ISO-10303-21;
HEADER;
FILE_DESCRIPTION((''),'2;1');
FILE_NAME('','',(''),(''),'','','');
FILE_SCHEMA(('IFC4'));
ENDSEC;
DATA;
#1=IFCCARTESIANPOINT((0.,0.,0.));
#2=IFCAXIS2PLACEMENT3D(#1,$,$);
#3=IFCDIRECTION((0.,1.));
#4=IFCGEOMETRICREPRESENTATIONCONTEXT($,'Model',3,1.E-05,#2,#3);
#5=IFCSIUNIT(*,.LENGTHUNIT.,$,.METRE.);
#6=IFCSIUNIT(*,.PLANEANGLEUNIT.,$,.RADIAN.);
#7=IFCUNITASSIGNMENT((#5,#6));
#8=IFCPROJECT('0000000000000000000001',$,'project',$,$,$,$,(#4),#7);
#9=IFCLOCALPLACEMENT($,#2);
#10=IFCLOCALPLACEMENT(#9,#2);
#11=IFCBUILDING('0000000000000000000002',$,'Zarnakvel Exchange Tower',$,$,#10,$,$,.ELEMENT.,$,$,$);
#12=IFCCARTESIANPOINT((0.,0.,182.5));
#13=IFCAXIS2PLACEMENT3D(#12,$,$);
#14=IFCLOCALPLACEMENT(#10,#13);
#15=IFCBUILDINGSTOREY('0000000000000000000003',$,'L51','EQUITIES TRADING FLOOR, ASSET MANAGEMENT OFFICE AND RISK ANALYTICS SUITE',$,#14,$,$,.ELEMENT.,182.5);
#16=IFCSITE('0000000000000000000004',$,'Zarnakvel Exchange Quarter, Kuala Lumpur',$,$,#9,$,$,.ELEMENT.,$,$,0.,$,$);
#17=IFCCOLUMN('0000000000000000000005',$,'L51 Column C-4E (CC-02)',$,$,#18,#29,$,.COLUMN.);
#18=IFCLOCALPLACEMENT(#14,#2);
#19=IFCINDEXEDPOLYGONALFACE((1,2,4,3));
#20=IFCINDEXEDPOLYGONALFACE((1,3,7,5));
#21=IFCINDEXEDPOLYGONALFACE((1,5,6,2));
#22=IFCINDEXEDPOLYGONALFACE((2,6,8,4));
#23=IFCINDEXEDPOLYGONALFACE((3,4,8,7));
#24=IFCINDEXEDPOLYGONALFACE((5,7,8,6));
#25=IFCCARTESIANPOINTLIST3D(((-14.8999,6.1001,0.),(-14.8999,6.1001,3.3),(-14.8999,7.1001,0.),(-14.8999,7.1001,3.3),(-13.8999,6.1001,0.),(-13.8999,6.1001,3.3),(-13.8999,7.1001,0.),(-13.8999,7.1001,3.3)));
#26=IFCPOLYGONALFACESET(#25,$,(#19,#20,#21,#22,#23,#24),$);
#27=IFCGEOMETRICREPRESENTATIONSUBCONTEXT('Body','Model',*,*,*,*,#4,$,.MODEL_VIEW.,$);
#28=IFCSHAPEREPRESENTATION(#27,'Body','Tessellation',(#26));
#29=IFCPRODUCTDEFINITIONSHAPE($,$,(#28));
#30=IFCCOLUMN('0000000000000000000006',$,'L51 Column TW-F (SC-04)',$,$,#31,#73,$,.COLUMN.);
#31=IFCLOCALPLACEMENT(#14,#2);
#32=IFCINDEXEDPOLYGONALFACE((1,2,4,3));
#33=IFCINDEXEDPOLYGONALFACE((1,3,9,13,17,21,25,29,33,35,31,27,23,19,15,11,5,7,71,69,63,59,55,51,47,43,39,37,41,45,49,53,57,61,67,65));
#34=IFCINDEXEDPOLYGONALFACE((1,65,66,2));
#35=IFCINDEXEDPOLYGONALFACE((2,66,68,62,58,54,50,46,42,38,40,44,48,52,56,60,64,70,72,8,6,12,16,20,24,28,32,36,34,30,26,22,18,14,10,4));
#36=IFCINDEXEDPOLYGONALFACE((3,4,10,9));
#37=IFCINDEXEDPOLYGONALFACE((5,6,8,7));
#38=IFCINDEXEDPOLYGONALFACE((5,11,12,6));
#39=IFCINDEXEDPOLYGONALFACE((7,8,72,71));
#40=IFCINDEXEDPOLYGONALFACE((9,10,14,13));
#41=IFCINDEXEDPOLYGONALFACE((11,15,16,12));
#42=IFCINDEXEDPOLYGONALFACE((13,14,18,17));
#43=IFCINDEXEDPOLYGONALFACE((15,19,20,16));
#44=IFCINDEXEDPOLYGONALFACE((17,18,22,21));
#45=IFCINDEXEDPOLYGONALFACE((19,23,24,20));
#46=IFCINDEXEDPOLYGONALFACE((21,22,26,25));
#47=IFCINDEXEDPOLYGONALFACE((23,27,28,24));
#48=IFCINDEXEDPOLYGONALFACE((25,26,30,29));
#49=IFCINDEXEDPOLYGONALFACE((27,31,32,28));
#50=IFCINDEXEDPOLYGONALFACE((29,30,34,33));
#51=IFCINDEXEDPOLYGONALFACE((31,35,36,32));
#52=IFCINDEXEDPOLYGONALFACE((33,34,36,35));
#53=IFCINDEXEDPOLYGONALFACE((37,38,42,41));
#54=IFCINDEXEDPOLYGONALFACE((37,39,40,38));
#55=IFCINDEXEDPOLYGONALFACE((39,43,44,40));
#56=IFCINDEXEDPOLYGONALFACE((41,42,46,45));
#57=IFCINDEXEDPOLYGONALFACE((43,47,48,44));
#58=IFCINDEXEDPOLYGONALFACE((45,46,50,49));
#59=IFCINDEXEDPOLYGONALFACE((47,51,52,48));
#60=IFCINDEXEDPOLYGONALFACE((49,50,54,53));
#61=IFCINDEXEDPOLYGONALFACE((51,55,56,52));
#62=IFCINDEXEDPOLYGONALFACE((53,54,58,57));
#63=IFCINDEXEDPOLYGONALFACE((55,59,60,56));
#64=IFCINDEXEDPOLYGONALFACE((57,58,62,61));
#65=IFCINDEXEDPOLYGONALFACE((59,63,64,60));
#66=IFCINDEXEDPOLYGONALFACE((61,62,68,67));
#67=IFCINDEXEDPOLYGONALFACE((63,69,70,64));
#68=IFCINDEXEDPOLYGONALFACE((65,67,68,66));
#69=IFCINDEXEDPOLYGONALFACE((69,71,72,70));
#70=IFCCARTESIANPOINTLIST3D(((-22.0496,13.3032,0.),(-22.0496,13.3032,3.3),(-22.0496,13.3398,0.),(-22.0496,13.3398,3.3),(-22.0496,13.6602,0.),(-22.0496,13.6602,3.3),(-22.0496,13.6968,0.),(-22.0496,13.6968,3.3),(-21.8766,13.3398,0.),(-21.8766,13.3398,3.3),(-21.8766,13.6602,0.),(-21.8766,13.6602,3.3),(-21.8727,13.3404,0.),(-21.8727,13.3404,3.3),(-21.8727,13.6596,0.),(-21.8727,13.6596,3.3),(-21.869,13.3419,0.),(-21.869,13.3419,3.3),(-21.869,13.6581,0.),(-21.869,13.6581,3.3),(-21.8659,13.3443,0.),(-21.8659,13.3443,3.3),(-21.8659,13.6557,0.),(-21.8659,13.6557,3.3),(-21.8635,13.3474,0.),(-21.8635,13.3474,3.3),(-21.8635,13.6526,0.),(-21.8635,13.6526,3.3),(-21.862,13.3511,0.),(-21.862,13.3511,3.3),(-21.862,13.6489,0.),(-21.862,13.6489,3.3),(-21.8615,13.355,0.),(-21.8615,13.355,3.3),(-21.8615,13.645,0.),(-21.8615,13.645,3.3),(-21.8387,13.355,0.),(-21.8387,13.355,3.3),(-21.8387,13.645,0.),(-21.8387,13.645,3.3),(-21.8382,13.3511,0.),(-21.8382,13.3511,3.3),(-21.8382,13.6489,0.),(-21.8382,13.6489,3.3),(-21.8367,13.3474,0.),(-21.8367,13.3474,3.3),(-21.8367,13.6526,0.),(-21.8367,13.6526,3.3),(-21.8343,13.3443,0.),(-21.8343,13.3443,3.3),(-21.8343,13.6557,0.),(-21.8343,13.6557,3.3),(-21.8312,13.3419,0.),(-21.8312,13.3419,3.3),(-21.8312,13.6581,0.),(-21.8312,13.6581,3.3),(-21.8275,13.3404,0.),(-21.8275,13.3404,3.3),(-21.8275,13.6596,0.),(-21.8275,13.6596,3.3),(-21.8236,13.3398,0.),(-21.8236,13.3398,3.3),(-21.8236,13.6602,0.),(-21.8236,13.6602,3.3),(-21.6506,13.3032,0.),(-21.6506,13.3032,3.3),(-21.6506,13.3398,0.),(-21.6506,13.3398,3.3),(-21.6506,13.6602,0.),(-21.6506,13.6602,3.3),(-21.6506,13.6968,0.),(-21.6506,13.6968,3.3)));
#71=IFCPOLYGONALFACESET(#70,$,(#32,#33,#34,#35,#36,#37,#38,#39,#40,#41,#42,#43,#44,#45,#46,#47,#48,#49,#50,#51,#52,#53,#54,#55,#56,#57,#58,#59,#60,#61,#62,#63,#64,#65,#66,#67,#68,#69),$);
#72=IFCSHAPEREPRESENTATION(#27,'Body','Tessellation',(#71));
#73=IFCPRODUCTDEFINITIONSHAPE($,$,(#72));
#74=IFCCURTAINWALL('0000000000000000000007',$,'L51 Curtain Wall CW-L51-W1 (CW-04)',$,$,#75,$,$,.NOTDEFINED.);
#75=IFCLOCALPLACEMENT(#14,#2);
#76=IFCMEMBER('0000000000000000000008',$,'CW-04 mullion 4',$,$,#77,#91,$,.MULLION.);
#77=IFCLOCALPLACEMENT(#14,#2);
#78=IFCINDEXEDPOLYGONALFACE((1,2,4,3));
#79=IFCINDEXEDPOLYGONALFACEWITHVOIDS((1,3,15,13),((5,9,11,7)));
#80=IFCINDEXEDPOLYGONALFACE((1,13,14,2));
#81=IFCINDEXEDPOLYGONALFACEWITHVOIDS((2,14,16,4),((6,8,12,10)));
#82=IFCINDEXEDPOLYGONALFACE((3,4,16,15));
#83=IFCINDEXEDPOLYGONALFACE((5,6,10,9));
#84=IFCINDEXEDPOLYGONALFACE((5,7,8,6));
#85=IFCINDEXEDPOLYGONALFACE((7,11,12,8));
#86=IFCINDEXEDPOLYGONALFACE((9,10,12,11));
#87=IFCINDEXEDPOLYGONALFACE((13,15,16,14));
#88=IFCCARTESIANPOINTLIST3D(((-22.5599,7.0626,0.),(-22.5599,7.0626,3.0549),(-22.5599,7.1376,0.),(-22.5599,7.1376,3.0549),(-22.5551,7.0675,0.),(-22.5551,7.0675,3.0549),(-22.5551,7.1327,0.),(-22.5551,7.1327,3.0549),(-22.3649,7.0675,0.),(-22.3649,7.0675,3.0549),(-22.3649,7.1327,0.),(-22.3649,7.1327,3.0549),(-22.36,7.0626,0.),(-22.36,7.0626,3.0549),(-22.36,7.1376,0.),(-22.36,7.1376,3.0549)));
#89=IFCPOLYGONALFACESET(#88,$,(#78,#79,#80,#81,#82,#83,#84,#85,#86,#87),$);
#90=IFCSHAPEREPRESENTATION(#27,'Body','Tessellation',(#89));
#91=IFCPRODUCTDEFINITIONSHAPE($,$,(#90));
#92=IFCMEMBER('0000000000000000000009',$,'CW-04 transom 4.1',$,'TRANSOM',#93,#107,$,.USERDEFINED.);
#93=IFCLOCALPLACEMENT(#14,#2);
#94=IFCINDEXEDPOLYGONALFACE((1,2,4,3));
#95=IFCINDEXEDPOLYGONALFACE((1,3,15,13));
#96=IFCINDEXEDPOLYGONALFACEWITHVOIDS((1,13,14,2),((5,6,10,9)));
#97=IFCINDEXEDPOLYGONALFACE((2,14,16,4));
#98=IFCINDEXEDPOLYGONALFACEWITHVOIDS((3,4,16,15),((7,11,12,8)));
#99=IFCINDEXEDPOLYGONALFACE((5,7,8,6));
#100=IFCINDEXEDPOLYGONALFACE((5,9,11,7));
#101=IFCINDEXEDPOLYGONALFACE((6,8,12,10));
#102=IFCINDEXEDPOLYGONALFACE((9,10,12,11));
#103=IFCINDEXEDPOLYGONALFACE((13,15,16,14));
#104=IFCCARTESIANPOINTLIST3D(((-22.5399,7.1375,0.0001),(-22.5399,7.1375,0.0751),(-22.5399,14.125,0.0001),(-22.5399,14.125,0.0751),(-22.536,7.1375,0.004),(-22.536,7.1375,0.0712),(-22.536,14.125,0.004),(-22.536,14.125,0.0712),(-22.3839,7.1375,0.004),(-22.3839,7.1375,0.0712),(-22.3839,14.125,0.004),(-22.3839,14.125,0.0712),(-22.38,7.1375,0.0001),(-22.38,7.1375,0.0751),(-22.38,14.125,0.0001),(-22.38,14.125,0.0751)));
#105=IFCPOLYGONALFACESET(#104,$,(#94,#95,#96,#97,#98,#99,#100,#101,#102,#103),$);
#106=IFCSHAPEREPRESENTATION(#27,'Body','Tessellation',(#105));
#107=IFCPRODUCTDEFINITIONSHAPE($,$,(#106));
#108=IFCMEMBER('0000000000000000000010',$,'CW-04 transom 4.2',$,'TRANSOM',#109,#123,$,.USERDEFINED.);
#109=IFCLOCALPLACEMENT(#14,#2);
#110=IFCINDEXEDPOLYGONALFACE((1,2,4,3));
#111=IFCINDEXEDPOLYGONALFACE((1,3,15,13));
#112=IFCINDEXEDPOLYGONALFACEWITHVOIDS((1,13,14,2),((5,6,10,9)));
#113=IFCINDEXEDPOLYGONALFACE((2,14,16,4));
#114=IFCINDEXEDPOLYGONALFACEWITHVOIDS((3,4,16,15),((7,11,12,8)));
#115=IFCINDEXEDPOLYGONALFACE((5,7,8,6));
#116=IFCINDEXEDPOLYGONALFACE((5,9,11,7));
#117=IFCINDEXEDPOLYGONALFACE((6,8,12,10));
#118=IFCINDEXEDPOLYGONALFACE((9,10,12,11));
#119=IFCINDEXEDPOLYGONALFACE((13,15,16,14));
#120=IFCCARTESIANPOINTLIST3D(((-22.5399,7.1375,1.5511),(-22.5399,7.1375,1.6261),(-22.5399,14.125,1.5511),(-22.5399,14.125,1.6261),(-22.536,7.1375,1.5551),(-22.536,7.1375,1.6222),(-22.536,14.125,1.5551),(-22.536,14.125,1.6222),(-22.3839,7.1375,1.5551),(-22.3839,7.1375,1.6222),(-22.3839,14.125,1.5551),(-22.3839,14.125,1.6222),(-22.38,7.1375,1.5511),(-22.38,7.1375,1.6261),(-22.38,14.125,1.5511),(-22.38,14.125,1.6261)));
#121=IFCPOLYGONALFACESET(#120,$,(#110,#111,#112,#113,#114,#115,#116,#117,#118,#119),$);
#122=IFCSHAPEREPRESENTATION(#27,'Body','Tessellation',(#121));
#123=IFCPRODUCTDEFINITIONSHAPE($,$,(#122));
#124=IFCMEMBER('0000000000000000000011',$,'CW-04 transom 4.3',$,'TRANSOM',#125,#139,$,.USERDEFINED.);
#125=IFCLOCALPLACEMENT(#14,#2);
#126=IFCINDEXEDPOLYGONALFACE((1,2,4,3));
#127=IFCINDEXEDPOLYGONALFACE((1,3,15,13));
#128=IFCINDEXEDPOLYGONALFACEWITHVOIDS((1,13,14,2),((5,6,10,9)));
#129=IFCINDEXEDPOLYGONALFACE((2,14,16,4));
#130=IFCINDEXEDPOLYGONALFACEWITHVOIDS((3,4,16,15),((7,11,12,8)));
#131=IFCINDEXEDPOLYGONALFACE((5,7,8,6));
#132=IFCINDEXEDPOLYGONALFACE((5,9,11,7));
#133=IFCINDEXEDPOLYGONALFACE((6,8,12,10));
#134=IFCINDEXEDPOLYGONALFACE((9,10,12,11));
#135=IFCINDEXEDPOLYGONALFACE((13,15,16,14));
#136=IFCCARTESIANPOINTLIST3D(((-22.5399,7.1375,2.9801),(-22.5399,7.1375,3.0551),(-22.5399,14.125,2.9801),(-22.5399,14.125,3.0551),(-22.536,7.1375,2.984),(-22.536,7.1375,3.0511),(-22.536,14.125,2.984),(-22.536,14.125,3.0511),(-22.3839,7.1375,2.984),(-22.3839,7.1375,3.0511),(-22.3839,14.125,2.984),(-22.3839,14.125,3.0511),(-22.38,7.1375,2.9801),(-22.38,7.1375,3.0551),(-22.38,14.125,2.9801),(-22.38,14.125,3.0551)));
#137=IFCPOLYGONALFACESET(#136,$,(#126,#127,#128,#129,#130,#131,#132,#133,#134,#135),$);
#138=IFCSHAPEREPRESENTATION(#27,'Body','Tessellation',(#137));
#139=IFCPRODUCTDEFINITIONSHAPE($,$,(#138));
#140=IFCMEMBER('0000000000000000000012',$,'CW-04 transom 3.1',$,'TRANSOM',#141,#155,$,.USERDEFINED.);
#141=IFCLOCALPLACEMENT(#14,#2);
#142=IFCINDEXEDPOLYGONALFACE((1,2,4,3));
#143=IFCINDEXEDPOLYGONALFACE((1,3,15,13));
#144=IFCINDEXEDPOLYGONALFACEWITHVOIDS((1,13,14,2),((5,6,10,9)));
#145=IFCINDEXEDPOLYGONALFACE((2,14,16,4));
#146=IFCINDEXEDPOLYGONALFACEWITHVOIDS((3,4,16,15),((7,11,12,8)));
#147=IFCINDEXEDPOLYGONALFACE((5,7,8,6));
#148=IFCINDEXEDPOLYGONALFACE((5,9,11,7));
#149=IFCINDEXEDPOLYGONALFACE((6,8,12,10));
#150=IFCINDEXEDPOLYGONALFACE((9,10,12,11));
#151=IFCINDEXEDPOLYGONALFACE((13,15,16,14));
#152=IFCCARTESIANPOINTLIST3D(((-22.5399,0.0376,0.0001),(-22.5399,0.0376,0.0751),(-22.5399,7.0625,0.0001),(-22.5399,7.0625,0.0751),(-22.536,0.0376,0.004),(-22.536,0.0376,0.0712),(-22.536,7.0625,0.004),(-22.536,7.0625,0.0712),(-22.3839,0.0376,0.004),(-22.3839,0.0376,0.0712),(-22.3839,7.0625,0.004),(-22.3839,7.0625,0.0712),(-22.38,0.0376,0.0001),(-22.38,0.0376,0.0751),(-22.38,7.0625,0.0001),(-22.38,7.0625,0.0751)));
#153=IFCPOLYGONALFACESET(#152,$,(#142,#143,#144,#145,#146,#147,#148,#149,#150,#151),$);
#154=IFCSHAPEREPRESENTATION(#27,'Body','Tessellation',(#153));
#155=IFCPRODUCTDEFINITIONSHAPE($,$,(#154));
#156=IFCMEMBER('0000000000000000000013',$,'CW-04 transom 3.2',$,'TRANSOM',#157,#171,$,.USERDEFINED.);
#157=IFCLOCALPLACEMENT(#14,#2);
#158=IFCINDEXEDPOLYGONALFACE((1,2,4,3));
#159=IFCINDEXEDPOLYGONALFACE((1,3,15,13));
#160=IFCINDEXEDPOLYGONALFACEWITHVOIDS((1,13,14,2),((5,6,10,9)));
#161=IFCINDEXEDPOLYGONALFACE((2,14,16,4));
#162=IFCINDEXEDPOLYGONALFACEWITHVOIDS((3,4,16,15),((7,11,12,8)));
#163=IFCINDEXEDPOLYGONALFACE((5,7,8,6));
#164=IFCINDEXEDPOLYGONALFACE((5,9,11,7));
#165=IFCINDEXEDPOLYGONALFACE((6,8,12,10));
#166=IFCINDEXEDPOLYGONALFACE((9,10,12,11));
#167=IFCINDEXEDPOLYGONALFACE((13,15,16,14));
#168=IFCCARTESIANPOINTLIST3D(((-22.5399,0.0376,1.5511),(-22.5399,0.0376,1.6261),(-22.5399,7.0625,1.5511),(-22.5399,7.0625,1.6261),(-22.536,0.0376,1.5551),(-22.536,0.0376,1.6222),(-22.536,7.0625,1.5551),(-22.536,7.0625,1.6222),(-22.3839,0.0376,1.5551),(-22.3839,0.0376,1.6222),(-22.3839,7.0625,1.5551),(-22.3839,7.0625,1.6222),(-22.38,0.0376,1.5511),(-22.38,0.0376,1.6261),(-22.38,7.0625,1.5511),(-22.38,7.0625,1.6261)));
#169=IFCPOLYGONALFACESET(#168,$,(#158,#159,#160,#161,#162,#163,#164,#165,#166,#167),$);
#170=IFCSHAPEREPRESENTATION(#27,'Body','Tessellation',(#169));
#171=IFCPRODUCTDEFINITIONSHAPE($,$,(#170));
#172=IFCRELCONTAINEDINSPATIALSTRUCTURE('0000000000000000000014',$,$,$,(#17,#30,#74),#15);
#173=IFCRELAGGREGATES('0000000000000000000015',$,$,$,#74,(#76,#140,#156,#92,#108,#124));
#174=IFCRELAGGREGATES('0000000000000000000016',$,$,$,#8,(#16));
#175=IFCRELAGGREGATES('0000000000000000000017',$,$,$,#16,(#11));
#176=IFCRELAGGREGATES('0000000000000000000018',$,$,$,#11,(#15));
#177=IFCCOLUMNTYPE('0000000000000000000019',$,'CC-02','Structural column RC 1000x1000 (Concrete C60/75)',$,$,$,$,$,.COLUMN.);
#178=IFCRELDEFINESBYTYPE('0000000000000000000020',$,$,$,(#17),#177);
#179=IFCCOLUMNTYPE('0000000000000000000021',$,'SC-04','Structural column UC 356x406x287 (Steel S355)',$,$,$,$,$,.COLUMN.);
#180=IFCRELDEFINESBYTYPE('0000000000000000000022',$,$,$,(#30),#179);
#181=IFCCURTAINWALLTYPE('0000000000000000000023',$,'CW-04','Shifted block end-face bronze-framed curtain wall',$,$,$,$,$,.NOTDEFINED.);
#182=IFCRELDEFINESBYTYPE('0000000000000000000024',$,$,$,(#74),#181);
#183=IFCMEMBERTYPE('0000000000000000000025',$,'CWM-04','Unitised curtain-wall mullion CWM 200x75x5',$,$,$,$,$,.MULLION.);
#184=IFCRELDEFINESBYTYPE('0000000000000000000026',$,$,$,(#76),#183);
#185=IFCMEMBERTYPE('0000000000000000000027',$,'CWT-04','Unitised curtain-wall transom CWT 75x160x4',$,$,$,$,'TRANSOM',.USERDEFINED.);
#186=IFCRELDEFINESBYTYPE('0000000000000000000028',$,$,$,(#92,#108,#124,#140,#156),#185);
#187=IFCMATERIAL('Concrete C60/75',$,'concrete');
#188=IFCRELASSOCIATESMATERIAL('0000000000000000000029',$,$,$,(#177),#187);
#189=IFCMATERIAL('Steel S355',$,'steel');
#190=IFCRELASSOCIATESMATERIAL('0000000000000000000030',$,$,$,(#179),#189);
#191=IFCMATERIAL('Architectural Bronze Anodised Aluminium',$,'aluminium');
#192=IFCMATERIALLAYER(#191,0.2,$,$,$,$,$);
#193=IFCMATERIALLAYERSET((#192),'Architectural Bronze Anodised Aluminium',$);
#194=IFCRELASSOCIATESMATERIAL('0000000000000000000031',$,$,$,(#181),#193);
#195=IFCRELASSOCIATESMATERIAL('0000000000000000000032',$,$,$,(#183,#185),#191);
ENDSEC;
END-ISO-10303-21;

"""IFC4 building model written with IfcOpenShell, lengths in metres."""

from ifc_helpers import new_model, si_unit, direction, frame, origin, origin_2d, place, context, subcontext, project, spatial, rectangle, hollow_rectangle, i_section, extrude, source, transform, mapped, material, layer, layer_set, material_profile, profile_set, type_object, element, aggregate, save


model = new_model("IFC4")

# Units and contexts
model_context = context("Model", 3, precision=1e-05, world=origin(), true_north=direction((0.0, 1.0)))
body_context = subcontext(model_context, "Body", "Model", "MODEL_VIEW")
ifc_project = project(units=[si_unit("LENGTHUNIT", "METRE"), si_unit("PLANEANGLEUNIT", "RADIAN")], contexts=[model_context])

# Site, building, storey
site_placement = place(None, origin())
site = spatial("IfcSite", under=ifc_project, at=site_placement, Name="Zarnakvel Exchange Quarter, Kuala Lumpur", CompositionType="ELEMENT", RefElevation=0.0)
building_placement = place(site_placement, origin())
building = spatial("IfcBuilding", under=site, at=building_placement, Name="Zarnakvel Exchange Tower", CompositionType="ELEMENT")
storey_placement = place(building_placement, frame((0.0, 0.0, 182.5)))
storey = spatial("IfcBuildingStorey", under=building, at=storey_placement, Name="L51", Description="EQUITIES TRADING FLOOR, ASSET MANAGEMENT OFFICE AND RISK ANALYTICS SUITE", CompositionType="ELEMENT", Elevation=182.5)

# Columns
ifc_material_1 = material(Name="Concrete C60/75", Category="concrete")
ifc_material_profile_1 = material_profile(ifc_material_1, rectangle(XDim=1.0, YDim=1.0, at=origin_2d()))
ifc_profile_set_1 = profile_set([ifc_material_profile_1], Name="Concrete C60/75")
column_type_1 = type_object("IfcColumnType", Name="CC-02", Description="Structural column RC 1000x1000 (Concrete C60/75)", PredefinedType="COLUMN", material=ifc_profile_set_1)
column_1_placement = place(storey_placement, frame((-14.3999, 6.6001, 0.0), z_axis=(0.0, 0.0, 1.0), x_axis=(1.0, 0.0, 0.0)))
element("IfcColumn", 1, at=column_1_placement, inside=storey, type_object=column_type_1, Name="L51 Column C-4E (CC-02)", PredefinedType="COLUMN", context=body_context, shape_type="SweptSolid", body=[
    extrude(rectangle(XDim=1.0, YDim=1.0, at=origin_2d()), origin(), (0.0, 0.0, 1.0), 3.3),
])
ifc_material_2 = material(Name="Steel S355", Category="steel")
ifc_material_profile_2 = material_profile(ifc_material_2, i_section(OverallWidth=0.3989, OverallDepth=0.3936, WebThickness=0.0227, FlangeThickness=0.0366, FilletRadius=0.0151, at=origin_2d()))
ifc_profile_set_2 = profile_set([ifc_material_profile_2], Name="Steel S355")
column_type_2 = type_object("IfcColumnType", Name="SC-04", Description="Structural column UC 356x406x287 (Steel S355)", PredefinedType="COLUMN", material=ifc_profile_set_2)
column_2_placement = place(storey_placement, frame((-21.8501, 13.5, 0.0), z_axis=(0.0, 0.0, 1.0), x_axis=(1.0, 0.0, 0.0)))
element("IfcColumn", 2, at=column_2_placement, inside=storey, type_object=column_type_2, Name="L51 Column TW-F (SC-04)", PredefinedType="COLUMN", context=body_context, shape_type="SweptSolid", body=[
    extrude(i_section(OverallWidth=0.3989, OverallDepth=0.3936, WebThickness=0.0227, FlangeThickness=0.0366, FilletRadius=0.0151, at=origin_2d()), origin(), (0.0, 0.0, 1.0), 3.3),
])

# Curtain wall, members
ifc_material_3 = material(Name="Architectural Bronze Anodised Aluminium", Category="aluminium")
ifc_layer_1 = layer(ifc_material_3, 0.2)
ifc_layer_set_1 = layer_set([ifc_layer_1], Name="Architectural Bronze Anodised Aluminium")
curtain_wall_type = type_object("IfcCurtainWallType", Name="CW-04", Description="Shifted block end-face bronze-framed curtain wall", PredefinedType="NOTDEFINED", material=ifc_layer_set_1)
curtain_wall_placement = place(storey_placement, origin())
curtain_wall = element("IfcCurtainWall", 3, at=curtain_wall_placement, inside=storey, type_object=curtain_wall_type, Name="L51 Curtain Wall CW-L51-W1 (CW-04)", PredefinedType="NOTDEFINED")
ifc_material_profile_3 = material_profile(ifc_material_3, hollow_rectangle(XDim=0.2, YDim=0.075, WallThickness=0.0049, at=origin_2d()))
ifc_profile_set_3 = profile_set([ifc_material_profile_3], Name="Architectural Bronze Anodised Aluminium")
member_type_1 = type_object("IfcMemberType", Name="CWM-04", Description="Unitised curtain-wall mullion CWM 200x75x5", PredefinedType="MULLION", material=ifc_profile_set_3)
shared_shape_1 = source(origin(), body_context, "Body", "SweptSolid", [
    extrude(hollow_rectangle(XDim=0.2, YDim=0.075, WallThickness=0.0049, at=origin_2d()), origin(), (0.0, 0.0, 1.0), 3.0549),
])
member_1_placement = place(storey_placement, frame((-22.46, 7.1001, 0.0), z_axis=(0.0, 0.0, 1.0), x_axis=(-1.0, 0.0, 0.0)))
member_1 = element("IfcMember", 4, at=member_1_placement, type_object=member_type_1, Name="CW-04 mullion 4", PredefinedType="MULLION", context=body_context, shape_type="MappedRepresentation", body=[
    mapped(shared_shape_1, transform((0.0, 0.0, 0.0), x_axis=(1.0, 0.0, 0.0), y_axis=(0.0, 1.0, 0.0), z_axis=(0.0, 0.0, 1.0), scale=1.0)),
])
ifc_material_profile_4 = material_profile(ifc_material_3, hollow_rectangle(XDim=0.1599, YDim=0.075, WallThickness=0.0039, at=origin_2d()))
ifc_profile_set_4 = profile_set([ifc_material_profile_4], Name="Architectural Bronze Anodised Aluminium")
member_type_2 = type_object("IfcMemberType", Name="CWT-04", Description="Unitised curtain-wall transom CWT 75x160x4", ElementType="TRANSOM", PredefinedType="USERDEFINED", material=ifc_profile_set_4)
shared_shape_2 = source(origin(), body_context, "Body", "SweptSolid", [
    extrude(hollow_rectangle(XDim=0.1599, YDim=0.075, WallThickness=0.0039, at=origin_2d()), origin(), (0.0, 0.0, 1.0), 6.9875),
])
member_2_placement = place(storey_placement, frame((-22.46, 7.1375, 0.0376), z_axis=(0.0, 1.0, 0.0), x_axis=(-1.0, 0.0, 0.0)))
member_2 = element("IfcMember", 5, at=member_2_placement, type_object=member_type_2, Name="CW-04 transom 4.1", ObjectType="TRANSOM", PredefinedType="USERDEFINED", context=body_context, shape_type="MappedRepresentation", body=[
    mapped(shared_shape_2, transform((0.0, 0.0, 0.0), x_axis=(1.0, 0.0, 0.0), y_axis=(0.0, 1.0, 0.0), z_axis=(0.0, 0.0, 1.0), scale=1.0)),
])
member_3_placement = place(storey_placement, frame((-22.46, 7.1375, 1.5886), z_axis=(0.0, 1.0, 0.0), x_axis=(-1.0, 0.0, 0.0)))
member_3 = element("IfcMember", 6, at=member_3_placement, type_object=member_type_2, Name="CW-04 transom 4.2", ObjectType="TRANSOM", PredefinedType="USERDEFINED", context=body_context, shape_type="MappedRepresentation", body=[
    mapped(shared_shape_2, transform((0.0, 0.0, 0.0), x_axis=(1.0, 0.0, 0.0), y_axis=(0.0, 1.0, 0.0), z_axis=(0.0, 0.0, 1.0), scale=1.0)),
])
member_4_placement = place(storey_placement, frame((-22.46, 7.1375, 3.0176), z_axis=(0.0, 1.0, 0.0), x_axis=(-1.0, 0.0, 0.0)))
member_4 = element("IfcMember", 7, at=member_4_placement, type_object=member_type_2, Name="CW-04 transom 4.3", ObjectType="TRANSOM", PredefinedType="USERDEFINED", context=body_context, shape_type="MappedRepresentation", body=[
    mapped(shared_shape_2, transform((0.0, 0.0, 0.0), x_axis=(1.0, 0.0, 0.0), y_axis=(0.0, 1.0, 0.0), z_axis=(0.0, 0.0, 1.0), scale=1.0)),
])
shared_shape_3 = source(origin(), body_context, "Body", "SweptSolid", [
    extrude(hollow_rectangle(XDim=0.1599, YDim=0.075, WallThickness=0.0039, at=origin_2d()), origin(), (0.0, 0.0, 1.0), 7.0249),
])
member_5_placement = place(storey_placement, frame((-22.46, 0.0376, 0.0376), z_axis=(0.0, 1.0, 0.0), x_axis=(-1.0, 0.0, 0.0)))
member_5 = element("IfcMember", 8, at=member_5_placement, type_object=member_type_2, Name="CW-04 transom 3.1", ObjectType="TRANSOM", PredefinedType="USERDEFINED", context=body_context, shape_type="MappedRepresentation", body=[
    mapped(shared_shape_3, transform((0.0, 0.0, 0.0), x_axis=(1.0, 0.0, 0.0), y_axis=(0.0, 1.0, 0.0), z_axis=(0.0, 0.0, 1.0), scale=1.0)),
])
member_6_placement = place(storey_placement, frame((-22.46, 0.0376, 1.5886), z_axis=(0.0, 1.0, 0.0), x_axis=(-1.0, 0.0, 0.0)))
member_6 = element("IfcMember", 9, at=member_6_placement, type_object=member_type_2, Name="CW-04 transom 3.2", ObjectType="TRANSOM", PredefinedType="USERDEFINED", context=body_context, shape_type="MappedRepresentation", body=[
    mapped(shared_shape_3, transform((0.0, 0.0, 0.0), x_axis=(1.0, 0.0, 0.0), y_axis=(0.0, 1.0, 0.0), z_axis=(0.0, 0.0, 1.0), scale=1.0)),
])
aggregate(curtain_wall, [member_1, member_5, member_6, member_2, member_3, member_4])

save(model, "model.ifc")
